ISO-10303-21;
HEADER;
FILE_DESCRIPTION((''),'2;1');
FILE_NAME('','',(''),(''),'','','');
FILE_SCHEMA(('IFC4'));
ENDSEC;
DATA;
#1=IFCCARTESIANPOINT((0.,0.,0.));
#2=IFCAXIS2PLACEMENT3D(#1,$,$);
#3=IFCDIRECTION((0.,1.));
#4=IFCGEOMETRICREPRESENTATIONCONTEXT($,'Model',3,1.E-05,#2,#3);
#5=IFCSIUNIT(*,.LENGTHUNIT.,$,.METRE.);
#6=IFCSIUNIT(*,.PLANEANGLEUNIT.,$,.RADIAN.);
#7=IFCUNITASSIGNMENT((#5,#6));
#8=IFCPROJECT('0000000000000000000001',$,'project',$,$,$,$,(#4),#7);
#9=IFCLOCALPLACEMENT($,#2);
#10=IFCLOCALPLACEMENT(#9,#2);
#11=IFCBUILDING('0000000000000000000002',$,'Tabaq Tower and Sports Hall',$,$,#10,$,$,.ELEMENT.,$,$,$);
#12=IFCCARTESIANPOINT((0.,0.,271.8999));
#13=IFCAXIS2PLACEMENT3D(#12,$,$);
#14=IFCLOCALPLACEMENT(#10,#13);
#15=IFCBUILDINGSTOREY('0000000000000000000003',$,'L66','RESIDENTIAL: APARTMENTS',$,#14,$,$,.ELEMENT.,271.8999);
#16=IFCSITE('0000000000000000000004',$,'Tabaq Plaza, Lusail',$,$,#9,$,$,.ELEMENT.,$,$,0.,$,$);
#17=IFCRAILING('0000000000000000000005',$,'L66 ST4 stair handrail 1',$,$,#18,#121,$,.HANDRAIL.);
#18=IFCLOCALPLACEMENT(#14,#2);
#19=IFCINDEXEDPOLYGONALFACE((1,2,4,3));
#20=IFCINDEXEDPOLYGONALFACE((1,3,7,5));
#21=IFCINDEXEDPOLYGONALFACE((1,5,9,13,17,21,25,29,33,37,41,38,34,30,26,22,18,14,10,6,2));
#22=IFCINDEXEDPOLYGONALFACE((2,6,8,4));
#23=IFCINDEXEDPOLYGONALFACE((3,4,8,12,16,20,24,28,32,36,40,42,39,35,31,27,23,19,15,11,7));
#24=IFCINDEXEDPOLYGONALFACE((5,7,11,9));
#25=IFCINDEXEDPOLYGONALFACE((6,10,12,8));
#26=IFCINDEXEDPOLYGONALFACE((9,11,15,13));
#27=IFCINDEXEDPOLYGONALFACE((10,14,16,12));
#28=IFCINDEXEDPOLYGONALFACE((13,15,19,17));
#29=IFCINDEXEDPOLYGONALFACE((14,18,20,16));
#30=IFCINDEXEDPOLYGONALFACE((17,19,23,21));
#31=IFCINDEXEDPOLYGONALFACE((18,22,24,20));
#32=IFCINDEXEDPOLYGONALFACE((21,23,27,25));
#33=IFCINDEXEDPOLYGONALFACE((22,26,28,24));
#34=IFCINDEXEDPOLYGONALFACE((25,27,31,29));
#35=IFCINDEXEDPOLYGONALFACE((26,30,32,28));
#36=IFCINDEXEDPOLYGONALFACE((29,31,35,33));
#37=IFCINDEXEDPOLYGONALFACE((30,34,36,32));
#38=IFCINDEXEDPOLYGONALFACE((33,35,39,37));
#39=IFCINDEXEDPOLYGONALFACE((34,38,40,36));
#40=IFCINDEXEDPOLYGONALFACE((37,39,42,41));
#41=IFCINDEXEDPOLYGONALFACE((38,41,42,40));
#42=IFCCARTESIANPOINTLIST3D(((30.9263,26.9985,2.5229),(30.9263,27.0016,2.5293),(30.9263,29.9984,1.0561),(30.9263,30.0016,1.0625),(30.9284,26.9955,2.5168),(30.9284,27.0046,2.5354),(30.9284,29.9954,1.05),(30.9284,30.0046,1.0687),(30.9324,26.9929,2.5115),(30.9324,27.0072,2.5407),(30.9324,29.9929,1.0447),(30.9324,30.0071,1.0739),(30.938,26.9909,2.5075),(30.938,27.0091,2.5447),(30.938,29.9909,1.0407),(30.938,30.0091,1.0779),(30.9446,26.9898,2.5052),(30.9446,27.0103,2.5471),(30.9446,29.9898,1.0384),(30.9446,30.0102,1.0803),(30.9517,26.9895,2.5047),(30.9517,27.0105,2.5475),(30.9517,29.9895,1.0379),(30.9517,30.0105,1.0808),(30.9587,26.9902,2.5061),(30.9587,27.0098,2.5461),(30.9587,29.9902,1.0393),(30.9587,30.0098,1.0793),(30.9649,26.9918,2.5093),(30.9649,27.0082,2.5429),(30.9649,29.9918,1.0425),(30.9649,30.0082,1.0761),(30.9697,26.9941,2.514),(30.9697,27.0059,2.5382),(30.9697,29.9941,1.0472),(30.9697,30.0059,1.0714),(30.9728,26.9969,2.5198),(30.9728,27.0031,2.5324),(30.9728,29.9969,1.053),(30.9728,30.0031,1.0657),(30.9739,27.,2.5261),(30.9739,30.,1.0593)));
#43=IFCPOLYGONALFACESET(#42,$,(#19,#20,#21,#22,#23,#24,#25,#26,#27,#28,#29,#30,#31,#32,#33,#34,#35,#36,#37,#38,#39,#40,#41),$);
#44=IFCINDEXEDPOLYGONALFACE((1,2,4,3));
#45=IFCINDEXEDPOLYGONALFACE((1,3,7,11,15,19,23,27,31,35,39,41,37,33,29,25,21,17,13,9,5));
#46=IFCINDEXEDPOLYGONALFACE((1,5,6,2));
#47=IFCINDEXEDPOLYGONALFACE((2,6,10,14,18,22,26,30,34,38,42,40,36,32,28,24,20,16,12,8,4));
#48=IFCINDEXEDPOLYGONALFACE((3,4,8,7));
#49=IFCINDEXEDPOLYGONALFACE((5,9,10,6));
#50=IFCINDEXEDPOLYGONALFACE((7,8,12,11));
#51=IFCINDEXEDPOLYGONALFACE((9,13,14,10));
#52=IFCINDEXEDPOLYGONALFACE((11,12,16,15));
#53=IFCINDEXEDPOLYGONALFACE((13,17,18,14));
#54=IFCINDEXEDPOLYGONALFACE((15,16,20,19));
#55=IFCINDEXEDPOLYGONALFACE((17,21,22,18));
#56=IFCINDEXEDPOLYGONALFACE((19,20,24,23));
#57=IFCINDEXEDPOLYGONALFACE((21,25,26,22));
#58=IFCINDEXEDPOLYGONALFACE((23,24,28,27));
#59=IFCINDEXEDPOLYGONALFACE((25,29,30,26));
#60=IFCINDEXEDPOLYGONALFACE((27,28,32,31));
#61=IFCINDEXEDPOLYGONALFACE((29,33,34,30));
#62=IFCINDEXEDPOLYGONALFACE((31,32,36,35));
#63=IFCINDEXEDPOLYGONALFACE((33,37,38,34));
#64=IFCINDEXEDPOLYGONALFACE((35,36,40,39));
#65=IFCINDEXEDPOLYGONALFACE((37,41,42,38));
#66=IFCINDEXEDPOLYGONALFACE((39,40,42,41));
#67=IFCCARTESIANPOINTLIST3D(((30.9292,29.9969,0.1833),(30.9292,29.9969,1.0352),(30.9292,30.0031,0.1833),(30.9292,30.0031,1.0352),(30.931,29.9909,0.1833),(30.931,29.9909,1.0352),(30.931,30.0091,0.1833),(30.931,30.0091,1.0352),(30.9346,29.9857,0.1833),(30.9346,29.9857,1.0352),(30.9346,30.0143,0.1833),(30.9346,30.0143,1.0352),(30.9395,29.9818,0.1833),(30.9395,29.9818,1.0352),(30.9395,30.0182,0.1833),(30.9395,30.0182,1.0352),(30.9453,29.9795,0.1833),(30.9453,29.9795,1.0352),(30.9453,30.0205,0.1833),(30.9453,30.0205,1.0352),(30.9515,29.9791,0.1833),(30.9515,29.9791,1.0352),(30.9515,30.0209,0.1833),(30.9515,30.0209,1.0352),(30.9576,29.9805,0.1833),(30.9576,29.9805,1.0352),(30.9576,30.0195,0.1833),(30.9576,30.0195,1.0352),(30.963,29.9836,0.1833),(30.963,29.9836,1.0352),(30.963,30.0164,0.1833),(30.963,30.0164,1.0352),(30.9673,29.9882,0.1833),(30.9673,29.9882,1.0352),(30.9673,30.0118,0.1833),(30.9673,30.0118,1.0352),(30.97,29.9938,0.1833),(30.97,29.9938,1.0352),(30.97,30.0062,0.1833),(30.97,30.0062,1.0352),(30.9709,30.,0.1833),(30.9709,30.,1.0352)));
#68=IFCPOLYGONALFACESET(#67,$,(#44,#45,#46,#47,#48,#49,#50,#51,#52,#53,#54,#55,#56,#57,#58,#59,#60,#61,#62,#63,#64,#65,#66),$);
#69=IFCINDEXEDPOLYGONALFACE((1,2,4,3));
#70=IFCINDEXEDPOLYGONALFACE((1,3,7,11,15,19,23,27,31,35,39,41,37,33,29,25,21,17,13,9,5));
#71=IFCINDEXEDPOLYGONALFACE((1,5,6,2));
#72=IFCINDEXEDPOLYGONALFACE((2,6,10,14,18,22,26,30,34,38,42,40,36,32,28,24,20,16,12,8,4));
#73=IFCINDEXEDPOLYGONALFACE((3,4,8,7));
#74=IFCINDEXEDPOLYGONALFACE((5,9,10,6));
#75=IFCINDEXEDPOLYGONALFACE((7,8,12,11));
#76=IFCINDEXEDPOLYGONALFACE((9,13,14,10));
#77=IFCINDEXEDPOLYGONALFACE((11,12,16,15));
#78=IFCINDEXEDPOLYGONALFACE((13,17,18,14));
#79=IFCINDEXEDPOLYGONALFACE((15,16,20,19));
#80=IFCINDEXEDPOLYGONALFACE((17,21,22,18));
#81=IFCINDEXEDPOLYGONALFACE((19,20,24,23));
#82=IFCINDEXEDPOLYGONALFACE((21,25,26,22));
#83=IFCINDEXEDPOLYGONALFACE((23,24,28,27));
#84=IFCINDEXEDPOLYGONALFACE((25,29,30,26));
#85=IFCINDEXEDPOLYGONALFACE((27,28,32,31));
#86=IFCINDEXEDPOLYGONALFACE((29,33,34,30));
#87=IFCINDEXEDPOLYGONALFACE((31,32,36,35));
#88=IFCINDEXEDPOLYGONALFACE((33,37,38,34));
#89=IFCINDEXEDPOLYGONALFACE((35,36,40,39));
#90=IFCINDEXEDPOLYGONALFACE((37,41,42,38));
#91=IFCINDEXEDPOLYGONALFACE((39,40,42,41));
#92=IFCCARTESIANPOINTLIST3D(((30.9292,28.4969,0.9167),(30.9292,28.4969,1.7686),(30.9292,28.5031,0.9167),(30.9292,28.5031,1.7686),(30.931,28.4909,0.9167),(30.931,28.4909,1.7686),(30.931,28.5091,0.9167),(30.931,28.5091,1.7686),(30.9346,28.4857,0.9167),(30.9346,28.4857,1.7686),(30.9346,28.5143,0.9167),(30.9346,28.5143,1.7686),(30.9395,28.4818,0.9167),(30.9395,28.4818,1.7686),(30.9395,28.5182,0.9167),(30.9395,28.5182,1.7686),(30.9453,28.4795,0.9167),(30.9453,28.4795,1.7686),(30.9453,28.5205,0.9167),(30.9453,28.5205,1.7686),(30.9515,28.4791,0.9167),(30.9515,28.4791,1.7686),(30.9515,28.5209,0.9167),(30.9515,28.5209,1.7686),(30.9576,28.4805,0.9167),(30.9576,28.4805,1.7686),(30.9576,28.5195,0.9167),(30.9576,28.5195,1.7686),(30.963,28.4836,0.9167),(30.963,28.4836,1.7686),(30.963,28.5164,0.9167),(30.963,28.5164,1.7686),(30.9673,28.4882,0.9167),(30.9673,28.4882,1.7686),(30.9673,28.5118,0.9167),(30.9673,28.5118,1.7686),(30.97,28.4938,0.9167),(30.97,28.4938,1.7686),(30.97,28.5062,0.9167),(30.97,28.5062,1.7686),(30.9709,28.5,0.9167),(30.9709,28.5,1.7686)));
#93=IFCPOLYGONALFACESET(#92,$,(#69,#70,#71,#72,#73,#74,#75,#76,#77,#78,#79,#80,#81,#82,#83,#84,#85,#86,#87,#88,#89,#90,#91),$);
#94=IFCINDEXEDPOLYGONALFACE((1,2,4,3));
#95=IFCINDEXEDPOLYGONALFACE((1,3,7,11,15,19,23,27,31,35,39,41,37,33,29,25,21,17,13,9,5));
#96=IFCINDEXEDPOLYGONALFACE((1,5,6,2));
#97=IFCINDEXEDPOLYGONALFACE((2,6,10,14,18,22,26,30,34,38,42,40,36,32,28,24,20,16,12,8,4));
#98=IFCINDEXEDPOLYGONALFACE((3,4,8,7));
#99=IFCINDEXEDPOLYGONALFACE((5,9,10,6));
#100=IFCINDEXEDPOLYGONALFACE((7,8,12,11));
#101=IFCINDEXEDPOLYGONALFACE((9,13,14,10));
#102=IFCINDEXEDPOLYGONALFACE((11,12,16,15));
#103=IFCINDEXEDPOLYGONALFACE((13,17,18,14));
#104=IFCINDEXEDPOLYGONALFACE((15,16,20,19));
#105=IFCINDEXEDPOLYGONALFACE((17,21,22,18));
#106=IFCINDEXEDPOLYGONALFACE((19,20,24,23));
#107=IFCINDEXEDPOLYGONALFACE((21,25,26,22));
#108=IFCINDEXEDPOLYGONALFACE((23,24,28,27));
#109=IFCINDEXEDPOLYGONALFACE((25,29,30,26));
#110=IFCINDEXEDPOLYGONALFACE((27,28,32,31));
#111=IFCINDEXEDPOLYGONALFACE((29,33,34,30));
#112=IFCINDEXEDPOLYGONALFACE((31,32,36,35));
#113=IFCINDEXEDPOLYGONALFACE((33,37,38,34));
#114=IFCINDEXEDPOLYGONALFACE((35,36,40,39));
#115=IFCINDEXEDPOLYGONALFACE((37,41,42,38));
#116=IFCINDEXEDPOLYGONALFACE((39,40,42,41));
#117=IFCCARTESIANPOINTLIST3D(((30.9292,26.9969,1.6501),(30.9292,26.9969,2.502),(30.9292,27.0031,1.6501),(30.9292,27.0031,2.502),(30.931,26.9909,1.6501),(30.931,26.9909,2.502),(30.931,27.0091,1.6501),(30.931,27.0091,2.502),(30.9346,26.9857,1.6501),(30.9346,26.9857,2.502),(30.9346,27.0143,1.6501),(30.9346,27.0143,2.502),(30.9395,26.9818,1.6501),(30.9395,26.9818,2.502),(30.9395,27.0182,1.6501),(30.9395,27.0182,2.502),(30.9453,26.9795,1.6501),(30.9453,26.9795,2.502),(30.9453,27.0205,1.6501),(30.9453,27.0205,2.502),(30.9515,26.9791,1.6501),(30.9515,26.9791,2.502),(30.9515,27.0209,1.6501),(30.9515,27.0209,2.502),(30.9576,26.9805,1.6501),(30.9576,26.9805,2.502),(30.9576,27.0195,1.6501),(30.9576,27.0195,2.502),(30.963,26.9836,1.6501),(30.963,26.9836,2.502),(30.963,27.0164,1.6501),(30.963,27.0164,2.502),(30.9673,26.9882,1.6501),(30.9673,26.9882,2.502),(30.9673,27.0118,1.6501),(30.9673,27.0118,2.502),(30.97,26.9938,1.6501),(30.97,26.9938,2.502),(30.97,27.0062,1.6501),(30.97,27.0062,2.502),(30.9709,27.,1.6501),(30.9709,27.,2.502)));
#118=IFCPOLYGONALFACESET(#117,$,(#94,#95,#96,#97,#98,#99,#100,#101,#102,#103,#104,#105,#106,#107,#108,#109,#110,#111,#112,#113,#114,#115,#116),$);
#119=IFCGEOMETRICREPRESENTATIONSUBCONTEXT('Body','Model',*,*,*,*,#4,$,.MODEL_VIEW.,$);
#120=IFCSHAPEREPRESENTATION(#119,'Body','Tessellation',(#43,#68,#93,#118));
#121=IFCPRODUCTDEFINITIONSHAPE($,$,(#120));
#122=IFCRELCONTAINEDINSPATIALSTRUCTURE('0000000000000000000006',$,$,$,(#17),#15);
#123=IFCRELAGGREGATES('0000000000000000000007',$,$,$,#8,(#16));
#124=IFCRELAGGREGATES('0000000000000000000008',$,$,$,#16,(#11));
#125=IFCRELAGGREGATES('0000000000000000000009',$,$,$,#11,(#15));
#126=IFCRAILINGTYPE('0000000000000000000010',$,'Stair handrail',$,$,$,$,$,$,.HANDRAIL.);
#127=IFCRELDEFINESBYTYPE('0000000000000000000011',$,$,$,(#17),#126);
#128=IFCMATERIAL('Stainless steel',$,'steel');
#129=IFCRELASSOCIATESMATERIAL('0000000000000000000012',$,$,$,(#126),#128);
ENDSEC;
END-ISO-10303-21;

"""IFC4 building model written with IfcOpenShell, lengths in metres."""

from ifc_helpers import new_model, si_unit, direction, frame, origin, origin_2d, place, context, subcontext, project, spatial, circle, extrude, material, type_object, element, save


model = new_model("IFC4")

# Units and contexts
model_context = context("Model", 3, precision=1e-05, world=origin(), true_north=direction((0.0, 1.0)))
body_context = subcontext(model_context, "Body", "Model", "MODEL_VIEW")
ifc_project = project(units=[si_unit("LENGTHUNIT", "METRE"), si_unit("PLANEANGLEUNIT", "RADIAN")], contexts=[model_context])

# Site, building, storey
site_placement = place(None, origin())
site = spatial("IfcSite", under=ifc_project, at=site_placement, Name="Tabaq Plaza, Lusail", CompositionType="ELEMENT", RefElevation=0.0)
building_placement = place(site_placement, origin())
building = spatial("IfcBuilding", under=site, at=building_placement, Name="Tabaq Tower and Sports Hall", CompositionType="ELEMENT")
storey_placement = place(building_placement, frame((0.0, 0.0, 271.8999)))
storey = spatial("IfcBuildingStorey", under=building, at=storey_placement, Name="L66", Description="RESIDENTIAL: APARTMENTS", CompositionType="ELEMENT", Elevation=271.8999)

# Railing
ifc_material_1 = material(Name="Stainless steel", Category="steel")
railing_type_1 = type_object("IfcRailingType", Name="Stair handrail", PredefinedType="HANDRAIL", material=ifc_material_1)
railing_1_placement = place(storey_placement, frame((30.95, 30.0, 0.1833)))
element("IfcRailing", 1, at=railing_1_placement, inside=storey, type_object=railing_type_1, Name="L66 ST4 stair handrail 1", PredefinedType="HANDRAIL", context=body_context, shape_type="SweptSolid", body=[
    extrude(circle(Radius=0.0239, at=origin_2d()), frame((0.0, 0.0, 0.876), z_axis=(0.0, -0.898369, 0.439242), x_axis=(1.0, 0.0, 0.0)), (0.0, 0.0, 1.0), 3.3394),
    extrude(circle(Radius=0.021, at=origin_2d()), origin(), (0.0, 0.0, 1.0), 0.8518),
    extrude(circle(Radius=0.021, at=origin_2d()), frame((0.0, -1.5, 0.7334)), (0.0, 0.0, 1.0), 0.8518),
    extrude(circle(Radius=0.021, at=origin_2d()), frame((0.0, -3.0, 1.4668)), (0.0, 0.0, 1.0), 0.8518),
])

save(model, "model.ifc")
